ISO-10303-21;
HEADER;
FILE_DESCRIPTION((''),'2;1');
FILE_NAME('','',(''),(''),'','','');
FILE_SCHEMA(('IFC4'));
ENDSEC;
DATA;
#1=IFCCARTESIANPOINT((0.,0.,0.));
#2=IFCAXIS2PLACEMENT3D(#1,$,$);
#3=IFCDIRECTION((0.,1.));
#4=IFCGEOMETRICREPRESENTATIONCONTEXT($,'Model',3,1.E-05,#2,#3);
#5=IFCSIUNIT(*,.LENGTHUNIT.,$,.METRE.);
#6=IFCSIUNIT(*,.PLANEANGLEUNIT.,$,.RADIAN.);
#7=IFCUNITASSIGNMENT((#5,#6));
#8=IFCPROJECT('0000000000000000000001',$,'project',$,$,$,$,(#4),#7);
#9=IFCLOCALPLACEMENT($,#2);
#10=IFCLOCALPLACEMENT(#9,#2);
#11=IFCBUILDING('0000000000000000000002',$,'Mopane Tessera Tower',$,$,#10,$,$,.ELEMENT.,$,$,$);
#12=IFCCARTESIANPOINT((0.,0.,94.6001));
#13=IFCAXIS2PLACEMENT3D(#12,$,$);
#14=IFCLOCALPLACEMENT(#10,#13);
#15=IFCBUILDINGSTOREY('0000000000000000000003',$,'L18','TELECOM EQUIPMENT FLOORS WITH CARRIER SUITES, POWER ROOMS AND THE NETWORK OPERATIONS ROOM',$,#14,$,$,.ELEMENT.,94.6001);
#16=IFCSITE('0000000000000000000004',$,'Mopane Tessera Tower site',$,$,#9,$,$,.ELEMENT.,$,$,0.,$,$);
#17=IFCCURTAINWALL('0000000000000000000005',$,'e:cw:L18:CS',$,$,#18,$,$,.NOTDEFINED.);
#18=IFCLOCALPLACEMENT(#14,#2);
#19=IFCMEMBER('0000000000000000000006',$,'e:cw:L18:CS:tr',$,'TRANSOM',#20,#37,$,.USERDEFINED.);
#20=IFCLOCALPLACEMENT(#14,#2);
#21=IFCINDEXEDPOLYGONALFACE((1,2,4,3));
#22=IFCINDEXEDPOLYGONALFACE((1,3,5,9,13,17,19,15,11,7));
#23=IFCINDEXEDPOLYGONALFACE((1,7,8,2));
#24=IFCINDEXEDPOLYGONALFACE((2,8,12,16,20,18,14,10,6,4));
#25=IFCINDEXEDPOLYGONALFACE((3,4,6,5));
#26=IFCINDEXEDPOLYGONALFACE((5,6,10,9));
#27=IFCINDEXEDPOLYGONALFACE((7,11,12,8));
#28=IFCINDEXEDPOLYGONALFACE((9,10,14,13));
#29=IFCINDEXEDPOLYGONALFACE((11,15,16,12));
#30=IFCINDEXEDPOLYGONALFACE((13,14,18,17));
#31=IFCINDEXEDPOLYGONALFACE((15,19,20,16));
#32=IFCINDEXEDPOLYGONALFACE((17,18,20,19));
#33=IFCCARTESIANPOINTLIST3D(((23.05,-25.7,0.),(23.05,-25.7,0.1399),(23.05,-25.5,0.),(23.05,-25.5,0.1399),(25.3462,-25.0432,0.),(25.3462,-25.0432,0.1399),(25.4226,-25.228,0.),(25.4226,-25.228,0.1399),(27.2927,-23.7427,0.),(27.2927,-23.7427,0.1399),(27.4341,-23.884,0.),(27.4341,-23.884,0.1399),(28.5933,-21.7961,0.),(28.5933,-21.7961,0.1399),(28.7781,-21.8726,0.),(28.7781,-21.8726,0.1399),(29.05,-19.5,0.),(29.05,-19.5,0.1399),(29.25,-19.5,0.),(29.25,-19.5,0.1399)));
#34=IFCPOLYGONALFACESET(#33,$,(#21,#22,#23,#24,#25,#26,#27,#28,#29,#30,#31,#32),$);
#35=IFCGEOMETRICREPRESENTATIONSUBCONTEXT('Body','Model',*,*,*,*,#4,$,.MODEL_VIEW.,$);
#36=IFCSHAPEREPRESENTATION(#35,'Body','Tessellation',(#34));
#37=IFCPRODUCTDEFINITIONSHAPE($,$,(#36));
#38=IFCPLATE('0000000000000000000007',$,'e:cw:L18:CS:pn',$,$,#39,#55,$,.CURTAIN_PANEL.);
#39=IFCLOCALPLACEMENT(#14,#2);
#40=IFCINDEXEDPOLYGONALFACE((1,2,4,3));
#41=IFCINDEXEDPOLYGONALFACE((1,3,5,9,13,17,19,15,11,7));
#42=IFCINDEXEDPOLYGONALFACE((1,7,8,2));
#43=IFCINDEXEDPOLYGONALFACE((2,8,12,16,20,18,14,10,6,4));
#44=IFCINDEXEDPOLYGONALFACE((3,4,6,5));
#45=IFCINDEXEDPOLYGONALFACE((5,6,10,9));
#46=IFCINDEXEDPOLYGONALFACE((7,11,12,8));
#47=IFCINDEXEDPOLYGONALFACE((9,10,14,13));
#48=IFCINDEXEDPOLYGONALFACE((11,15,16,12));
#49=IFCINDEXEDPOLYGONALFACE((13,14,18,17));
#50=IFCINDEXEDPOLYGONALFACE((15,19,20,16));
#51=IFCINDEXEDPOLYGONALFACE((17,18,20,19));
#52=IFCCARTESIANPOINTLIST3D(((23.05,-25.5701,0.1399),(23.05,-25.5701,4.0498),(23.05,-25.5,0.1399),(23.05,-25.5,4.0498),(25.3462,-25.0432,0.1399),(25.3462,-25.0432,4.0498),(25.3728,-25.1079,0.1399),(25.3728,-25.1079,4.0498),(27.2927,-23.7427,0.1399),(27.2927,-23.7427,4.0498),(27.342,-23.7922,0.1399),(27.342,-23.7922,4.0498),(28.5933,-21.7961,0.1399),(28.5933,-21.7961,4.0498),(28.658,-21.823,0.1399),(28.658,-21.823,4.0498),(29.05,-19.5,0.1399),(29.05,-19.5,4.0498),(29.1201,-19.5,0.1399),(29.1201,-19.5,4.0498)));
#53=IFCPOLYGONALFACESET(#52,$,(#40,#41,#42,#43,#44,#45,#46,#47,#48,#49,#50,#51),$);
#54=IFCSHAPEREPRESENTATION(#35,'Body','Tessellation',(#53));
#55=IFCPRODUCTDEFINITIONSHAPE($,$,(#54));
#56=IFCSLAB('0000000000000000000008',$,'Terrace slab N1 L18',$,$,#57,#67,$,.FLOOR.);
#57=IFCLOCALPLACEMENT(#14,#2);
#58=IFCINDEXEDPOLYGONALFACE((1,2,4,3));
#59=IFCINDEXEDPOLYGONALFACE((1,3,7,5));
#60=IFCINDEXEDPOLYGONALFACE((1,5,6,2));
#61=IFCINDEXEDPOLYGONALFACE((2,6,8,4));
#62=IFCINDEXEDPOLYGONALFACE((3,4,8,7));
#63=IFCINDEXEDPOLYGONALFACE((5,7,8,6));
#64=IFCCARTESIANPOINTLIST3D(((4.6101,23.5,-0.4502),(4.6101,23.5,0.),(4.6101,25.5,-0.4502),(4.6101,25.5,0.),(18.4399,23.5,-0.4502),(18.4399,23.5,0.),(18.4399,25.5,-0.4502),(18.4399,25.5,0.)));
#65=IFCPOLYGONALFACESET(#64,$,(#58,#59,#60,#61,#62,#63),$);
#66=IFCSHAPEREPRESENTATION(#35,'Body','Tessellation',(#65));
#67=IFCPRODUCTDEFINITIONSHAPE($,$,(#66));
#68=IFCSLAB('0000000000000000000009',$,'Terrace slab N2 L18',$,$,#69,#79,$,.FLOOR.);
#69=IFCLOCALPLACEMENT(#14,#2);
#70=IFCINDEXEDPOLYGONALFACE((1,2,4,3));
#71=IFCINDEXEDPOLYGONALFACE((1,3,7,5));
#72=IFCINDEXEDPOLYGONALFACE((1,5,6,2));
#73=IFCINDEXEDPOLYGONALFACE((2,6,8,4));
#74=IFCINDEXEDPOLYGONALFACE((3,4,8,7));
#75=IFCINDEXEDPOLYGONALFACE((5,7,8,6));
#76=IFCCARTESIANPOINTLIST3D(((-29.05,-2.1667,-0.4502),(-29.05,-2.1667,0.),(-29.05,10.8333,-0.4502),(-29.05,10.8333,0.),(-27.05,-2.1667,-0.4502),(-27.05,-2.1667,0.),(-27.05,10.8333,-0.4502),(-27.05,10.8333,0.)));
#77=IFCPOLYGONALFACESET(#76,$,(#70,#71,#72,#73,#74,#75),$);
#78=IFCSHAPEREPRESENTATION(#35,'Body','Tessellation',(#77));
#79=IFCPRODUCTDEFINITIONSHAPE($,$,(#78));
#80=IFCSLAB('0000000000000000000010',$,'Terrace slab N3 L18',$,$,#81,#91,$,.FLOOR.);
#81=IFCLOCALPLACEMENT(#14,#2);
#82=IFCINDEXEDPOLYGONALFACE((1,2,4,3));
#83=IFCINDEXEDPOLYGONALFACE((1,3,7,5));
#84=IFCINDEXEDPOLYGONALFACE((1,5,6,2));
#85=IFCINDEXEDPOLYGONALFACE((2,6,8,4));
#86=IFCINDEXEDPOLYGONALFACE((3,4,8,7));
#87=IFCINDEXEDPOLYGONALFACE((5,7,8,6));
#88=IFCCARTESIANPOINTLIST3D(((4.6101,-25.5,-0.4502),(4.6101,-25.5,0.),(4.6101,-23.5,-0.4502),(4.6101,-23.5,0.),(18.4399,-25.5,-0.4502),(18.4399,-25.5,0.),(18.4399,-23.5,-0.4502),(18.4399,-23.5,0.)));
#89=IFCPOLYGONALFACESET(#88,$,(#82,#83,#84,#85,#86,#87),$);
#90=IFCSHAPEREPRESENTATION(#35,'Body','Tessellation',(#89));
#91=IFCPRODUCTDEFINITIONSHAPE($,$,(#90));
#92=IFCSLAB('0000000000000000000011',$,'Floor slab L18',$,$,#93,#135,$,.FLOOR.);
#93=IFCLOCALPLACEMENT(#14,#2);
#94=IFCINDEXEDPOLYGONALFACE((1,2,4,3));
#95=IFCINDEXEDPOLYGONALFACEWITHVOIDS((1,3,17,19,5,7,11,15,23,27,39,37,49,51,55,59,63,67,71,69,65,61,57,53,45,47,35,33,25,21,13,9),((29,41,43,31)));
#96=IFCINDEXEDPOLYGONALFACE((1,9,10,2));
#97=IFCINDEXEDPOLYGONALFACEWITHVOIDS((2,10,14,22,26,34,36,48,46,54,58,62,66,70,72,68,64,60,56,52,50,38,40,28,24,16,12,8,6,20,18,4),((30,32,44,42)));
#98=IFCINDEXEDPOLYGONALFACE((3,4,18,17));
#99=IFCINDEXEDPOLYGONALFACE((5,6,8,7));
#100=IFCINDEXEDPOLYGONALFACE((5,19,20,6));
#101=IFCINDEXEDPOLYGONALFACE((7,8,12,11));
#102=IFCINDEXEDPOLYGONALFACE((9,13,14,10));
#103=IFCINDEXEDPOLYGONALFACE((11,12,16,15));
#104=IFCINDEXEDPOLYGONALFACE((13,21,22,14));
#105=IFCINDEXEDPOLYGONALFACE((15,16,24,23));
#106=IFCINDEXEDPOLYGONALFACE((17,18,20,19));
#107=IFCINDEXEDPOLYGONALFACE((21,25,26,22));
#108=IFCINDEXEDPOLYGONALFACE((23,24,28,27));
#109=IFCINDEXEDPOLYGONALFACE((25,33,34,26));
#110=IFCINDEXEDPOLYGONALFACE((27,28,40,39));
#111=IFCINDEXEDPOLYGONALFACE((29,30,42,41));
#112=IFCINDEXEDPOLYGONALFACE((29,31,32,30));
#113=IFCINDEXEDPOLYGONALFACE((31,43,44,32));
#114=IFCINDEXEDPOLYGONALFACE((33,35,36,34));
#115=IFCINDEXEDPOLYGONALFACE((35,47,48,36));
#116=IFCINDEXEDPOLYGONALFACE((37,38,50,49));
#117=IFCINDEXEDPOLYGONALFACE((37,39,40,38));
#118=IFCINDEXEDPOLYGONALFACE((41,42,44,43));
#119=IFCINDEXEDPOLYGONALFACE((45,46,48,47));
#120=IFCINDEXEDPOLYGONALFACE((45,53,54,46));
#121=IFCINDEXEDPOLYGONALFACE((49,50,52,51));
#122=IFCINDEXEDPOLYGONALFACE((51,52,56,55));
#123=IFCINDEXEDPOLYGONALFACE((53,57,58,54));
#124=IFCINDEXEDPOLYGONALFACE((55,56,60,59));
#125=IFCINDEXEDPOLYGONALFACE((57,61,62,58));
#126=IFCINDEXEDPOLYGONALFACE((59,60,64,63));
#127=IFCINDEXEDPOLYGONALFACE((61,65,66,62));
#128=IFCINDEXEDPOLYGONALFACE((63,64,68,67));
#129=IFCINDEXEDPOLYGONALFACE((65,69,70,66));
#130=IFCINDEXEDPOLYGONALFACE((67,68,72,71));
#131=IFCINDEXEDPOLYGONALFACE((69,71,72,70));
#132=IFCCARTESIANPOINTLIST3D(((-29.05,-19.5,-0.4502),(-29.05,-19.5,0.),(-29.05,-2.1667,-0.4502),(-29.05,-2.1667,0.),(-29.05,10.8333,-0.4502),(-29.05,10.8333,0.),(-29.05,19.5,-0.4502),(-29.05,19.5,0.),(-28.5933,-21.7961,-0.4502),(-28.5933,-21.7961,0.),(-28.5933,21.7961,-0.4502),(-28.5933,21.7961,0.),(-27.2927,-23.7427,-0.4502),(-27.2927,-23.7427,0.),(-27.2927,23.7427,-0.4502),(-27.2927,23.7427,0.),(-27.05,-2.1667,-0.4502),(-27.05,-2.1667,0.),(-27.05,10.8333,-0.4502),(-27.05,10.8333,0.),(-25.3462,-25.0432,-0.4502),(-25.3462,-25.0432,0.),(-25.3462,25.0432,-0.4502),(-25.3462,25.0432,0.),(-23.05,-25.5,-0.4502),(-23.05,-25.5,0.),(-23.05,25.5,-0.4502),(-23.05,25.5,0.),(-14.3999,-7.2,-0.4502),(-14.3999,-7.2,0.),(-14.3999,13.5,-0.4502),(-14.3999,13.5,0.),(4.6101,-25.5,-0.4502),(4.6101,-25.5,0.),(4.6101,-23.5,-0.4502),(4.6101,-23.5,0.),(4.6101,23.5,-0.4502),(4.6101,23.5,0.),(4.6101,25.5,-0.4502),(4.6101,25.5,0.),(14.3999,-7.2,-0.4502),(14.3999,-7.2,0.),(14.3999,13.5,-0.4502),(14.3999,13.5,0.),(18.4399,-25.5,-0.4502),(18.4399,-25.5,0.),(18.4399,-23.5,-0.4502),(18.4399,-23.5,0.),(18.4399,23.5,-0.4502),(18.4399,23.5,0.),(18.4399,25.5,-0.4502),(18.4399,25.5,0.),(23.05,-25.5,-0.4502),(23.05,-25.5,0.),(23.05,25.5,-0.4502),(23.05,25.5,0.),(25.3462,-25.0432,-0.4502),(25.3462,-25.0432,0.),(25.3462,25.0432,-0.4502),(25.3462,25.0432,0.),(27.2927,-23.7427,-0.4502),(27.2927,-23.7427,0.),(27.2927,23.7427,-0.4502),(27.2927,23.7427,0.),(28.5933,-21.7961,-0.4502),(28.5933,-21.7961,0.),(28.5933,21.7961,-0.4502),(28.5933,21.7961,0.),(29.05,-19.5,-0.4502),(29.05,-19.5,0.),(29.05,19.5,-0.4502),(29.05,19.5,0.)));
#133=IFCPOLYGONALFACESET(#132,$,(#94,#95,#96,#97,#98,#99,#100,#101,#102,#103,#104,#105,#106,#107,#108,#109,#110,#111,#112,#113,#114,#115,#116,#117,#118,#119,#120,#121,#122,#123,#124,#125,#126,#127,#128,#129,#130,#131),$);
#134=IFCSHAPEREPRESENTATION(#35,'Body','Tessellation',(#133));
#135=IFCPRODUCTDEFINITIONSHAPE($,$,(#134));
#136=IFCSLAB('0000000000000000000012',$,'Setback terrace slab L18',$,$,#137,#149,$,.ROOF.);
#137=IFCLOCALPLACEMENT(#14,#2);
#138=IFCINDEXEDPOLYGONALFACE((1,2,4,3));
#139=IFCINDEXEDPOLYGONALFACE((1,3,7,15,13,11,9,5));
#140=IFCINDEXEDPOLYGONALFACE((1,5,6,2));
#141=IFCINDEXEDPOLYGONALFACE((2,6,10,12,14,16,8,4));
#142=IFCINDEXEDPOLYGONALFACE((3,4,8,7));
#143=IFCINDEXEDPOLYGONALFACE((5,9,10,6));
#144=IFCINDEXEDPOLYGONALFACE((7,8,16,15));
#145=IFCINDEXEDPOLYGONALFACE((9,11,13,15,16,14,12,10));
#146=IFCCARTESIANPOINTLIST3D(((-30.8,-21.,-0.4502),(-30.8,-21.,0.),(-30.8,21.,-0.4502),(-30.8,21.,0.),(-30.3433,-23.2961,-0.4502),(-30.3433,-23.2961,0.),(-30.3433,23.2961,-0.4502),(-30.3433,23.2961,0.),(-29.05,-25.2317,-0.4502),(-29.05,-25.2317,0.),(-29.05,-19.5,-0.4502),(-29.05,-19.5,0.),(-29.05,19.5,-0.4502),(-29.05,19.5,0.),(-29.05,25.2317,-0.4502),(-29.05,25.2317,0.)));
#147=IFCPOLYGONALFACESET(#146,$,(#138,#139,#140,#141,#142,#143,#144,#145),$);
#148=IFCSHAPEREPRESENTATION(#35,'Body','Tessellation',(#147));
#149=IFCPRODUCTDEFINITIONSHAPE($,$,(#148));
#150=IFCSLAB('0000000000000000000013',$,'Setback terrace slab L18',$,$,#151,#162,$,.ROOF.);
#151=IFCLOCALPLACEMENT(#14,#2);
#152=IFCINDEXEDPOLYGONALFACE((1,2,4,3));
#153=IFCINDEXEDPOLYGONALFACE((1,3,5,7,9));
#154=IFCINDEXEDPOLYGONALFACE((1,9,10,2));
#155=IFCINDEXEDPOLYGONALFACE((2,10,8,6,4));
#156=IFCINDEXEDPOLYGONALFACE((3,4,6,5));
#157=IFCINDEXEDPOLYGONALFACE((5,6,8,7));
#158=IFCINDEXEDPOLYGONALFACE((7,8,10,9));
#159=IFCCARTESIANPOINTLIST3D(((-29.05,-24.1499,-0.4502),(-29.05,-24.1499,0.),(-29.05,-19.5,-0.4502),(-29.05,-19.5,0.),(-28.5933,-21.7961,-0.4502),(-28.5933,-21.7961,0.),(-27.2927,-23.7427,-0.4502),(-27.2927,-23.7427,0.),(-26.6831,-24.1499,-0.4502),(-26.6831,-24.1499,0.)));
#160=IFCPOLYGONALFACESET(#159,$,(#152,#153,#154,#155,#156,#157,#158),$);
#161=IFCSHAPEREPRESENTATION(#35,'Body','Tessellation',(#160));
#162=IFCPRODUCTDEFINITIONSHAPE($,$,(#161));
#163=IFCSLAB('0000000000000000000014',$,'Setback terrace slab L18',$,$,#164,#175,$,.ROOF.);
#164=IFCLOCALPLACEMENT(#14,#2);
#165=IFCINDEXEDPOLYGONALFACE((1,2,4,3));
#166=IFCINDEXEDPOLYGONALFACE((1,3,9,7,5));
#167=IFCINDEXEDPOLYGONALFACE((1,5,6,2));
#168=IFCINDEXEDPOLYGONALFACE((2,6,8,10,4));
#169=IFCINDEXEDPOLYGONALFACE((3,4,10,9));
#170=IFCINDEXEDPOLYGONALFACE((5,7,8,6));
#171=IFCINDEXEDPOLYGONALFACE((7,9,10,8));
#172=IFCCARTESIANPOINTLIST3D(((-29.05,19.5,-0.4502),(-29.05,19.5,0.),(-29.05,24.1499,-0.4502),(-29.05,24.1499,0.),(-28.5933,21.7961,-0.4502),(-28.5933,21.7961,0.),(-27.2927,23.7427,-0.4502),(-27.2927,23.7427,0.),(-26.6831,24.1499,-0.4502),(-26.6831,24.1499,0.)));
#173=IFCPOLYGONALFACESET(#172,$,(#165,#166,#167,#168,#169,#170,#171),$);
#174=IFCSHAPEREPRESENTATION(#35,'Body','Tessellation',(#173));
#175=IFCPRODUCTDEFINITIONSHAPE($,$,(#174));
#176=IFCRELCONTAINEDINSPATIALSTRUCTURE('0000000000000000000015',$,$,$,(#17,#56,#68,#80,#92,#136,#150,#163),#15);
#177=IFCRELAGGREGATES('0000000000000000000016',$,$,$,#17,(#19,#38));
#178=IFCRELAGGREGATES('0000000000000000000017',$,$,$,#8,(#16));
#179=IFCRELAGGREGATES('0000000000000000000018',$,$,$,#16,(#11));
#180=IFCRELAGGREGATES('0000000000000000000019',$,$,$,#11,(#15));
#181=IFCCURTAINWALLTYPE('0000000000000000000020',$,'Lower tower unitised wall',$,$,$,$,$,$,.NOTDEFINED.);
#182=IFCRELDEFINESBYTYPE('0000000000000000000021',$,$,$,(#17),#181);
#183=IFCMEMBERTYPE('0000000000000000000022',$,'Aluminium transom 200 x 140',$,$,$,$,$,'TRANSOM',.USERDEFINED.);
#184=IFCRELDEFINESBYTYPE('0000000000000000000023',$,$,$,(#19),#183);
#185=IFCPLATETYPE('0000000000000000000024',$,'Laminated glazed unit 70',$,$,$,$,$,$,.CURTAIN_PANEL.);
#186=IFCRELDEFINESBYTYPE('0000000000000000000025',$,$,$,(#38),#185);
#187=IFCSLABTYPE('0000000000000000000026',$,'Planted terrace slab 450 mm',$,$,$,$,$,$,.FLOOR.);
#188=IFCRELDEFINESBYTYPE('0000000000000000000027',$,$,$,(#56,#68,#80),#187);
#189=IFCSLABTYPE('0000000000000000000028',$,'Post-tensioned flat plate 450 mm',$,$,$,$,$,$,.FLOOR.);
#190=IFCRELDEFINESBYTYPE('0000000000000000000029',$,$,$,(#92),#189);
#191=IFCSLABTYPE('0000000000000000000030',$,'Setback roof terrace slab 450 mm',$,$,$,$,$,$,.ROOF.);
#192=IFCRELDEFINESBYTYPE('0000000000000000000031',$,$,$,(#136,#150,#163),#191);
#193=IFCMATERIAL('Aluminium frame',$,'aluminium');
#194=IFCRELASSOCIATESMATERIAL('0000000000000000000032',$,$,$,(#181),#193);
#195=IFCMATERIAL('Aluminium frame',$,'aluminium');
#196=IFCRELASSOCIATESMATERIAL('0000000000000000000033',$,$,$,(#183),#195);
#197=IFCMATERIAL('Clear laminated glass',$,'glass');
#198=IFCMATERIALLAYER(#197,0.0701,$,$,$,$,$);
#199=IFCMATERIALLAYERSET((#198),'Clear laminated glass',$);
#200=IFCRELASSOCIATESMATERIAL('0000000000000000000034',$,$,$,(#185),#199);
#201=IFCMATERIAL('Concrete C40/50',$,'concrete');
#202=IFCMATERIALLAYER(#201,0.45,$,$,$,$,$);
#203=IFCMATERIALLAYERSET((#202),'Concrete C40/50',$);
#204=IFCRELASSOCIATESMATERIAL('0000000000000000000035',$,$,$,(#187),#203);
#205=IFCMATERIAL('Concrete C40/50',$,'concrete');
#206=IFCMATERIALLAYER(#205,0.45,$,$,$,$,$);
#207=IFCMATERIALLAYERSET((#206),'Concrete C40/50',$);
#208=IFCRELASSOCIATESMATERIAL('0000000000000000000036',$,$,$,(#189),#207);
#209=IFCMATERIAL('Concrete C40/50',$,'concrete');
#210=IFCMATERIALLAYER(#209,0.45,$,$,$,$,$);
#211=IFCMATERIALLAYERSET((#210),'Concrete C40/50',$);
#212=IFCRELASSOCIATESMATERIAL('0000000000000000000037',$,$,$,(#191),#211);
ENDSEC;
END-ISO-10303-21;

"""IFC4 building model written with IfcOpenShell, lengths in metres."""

from ifc_helpers import new_model, si_unit, direction, frame, origin, origin_2d, place, context, subcontext, project, spatial, polyline, rectangle, outline, extrude, material, layer, layer_set, material_profile, profile_set, type_object, element, aggregate, save


model = new_model("IFC4")

# Units and contexts
model_context = context("Model", 3, precision=1e-05, world=origin(), true_north=direction((0.0, 1.0)))
body_context = subcontext(model_context, "Body", "Model", "MODEL_VIEW")
ifc_project = project(units=[si_unit("LENGTHUNIT", "METRE"), si_unit("PLANEANGLEUNIT", "RADIAN")], contexts=[model_context])

# Site, building, storey
site_placement = place(None, origin())
site = spatial("IfcSite", under=ifc_project, at=site_placement, Name="Mopane Tessera Tower site", CompositionType="ELEMENT", RefElevation=0.0)
building_placement = place(site_placement, origin())
building = spatial("IfcBuilding", under=site, at=building_placement, Name="Mopane Tessera Tower", CompositionType="ELEMENT")
storey_placement = place(building_placement, frame((0.0, 0.0, 94.6001)))
storey = spatial("IfcBuildingStorey", under=building, at=storey_placement, Name="L18", Description="TELECOM EQUIPMENT FLOORS WITH CARRIER SUITES, POWER ROOMS AND THE NETWORK OPERATIONS ROOM", CompositionType="ELEMENT", Elevation=94.6001)

# Curtain wall, member, plate
ifc_material_1 = material(Name="Aluminium frame", Category="aluminium")
curtain_wall_type = type_object("IfcCurtainWallType", Name="Lower tower unitised wall", PredefinedType="NOTDEFINED", material=ifc_material_1)
curtain_wall_placement = place(storey_placement, origin())
curtain_wall = element("IfcCurtainWall", 1, at=curtain_wall_placement, inside=storey, type_object=curtain_wall_type, Name="e:cw:L18:CS", PredefinedType="NOTDEFINED")
ifc_material_2 = material(Name="Aluminium frame", Category="aluminium")
ifc_material_profile = material_profile(ifc_material_2, rectangle(XDim=0.2, YDim=0.1399, at=origin_2d()))
ifc_profile_set = profile_set([ifc_material_profile], Name="Aluminium frame")
member_type = type_object("IfcMemberType", Name="Aluminium transom 200 x 140", ElementType="TRANSOM", PredefinedType="USERDEFINED", material=ifc_profile_set)
member_placement = place(storey_placement, origin())
member = element("IfcMember", 2, at=member_placement, type_object=member_type, Name="e:cw:L18:CS:tr", ObjectType="TRANSOM", PredefinedType="USERDEFINED", context=body_context, shape_type="SweptSolid", body=[
    extrude(outline(polyline([(23.05, -25.5), (25.3462, -25.0432), (27.2927, -23.7427), (28.5933, -21.7961), (29.05, -19.5), (29.25, -19.5), (28.7781, -21.8726), (27.4341, -23.884), (25.4226, -25.228), (23.05, -25.7), (23.05, -25.5)])), origin(), (0.0, 0.0, 1.0), 0.1399),
])
ifc_material_3 = material(Name="Clear laminated glass", Category="glass")
ifc_layer_1 = layer(ifc_material_3, 0.0701)
ifc_layer_set_1 = layer_set([ifc_layer_1], Name="Clear laminated glass")
plate_type = type_object("IfcPlateType", Name="Laminated glazed unit 70", PredefinedType="CURTAIN_PANEL", material=ifc_layer_set_1)
plate_placement = place(storey_placement, frame((0.0, 0.0, 0.1399)))
plate = element("IfcPlate", 3, at=plate_placement, type_object=plate_type, Name="e:cw:L18:CS:pn", PredefinedType="CURTAIN_PANEL", context=body_context, shape_type="SweptSolid", body=[
    extrude(outline(polyline([(23.05, -25.5), (25.3462, -25.0432), (27.2927, -23.7427), (28.5933, -21.7961), (29.05, -19.5), (29.1201, -19.5), (28.658, -21.823), (27.342, -23.7922), (25.3728, -25.1079), (23.05, -25.5701), (23.05, -25.5)])), origin(), (0.0, 0.0, 1.0), 3.9099),
])
aggregate(curtain_wall, [member, plate])

# Slabs
ifc_material_4 = material(Name="Concrete C40/50", Category="concrete")
ifc_layer_2 = layer(ifc_material_4, 0.45)
ifc_layer_set_2 = layer_set([ifc_layer_2], Name="Concrete C40/50")
slab_type_1 = type_object("IfcSlabType", Name="Planted terrace slab 450 mm", PredefinedType="FLOOR", material=ifc_layer_set_2)
slab_1_placement = place(storey_placement, frame((0.0, 0.0, -0.4502)))
element("IfcSlab", 4, at=slab_1_placement, inside=storey, type_object=slab_type_1, Name="Terrace slab N1 L18", PredefinedType="FLOOR", context=body_context, shape_type="SweptSolid", body=[
    extrude(outline(polyline([(18.4399, 25.5), (4.6101, 25.5), (4.6101, 23.5), (18.4399, 23.5), (18.4399, 25.5)])), origin(), (0.0, 0.0, 1.0), 0.4502),
])
slab_2_placement = place(storey_placement, frame((0.0, 0.0, -0.4502)))
element("IfcSlab", 5, at=slab_2_placement, inside=storey, type_object=slab_type_1, Name="Terrace slab N2 L18", PredefinedType="FLOOR", context=body_context, shape_type="SweptSolid", body=[
    extrude(outline(polyline([(-29.05, 10.8333), (-29.05, -2.1667), (-27.05, -2.1667), (-27.05, 10.8333), (-29.05, 10.8333)])), origin(), (0.0, 0.0, 1.0), 0.4502),
])
slab_3_placement = place(storey_placement, frame((0.0, 0.0, -0.4502)))
element("IfcSlab", 6, at=slab_3_placement, inside=storey, type_object=slab_type_1, Name="Terrace slab N3 L18", PredefinedType="FLOOR", context=body_context, shape_type="SweptSolid", body=[
    extrude(outline(polyline([(4.6101, -25.5), (18.4399, -25.5), (18.4399, -23.5), (4.6101, -23.5), (4.6101, -25.5)])), origin(), (0.0, 0.0, 1.0), 0.4502),
])
ifc_material_5 = material(Name="Concrete C40/50", Category="concrete")
ifc_layer_3 = layer(ifc_material_5, 0.45)
ifc_layer_set_3 = layer_set([ifc_layer_3], Name="Concrete C40/50")
slab_type_2 = type_object("IfcSlabType", Name="Post-tensioned flat plate 450 mm", PredefinedType="FLOOR", material=ifc_layer_set_3)
slab_4_placement = place(storey_placement, frame((0.0, 0.0, -0.4502)))
element("IfcSlab", 7, at=slab_4_placement, inside=storey, type_object=slab_type_2, Name="Floor slab L18", PredefinedType="FLOOR", context=body_context, shape_type="SweptSolid", body=[
    extrude(outline(polyline([(-23.05, -25.5), (4.6101, -25.5), (4.6101, -23.5), (18.4399, -23.5), (18.4399, -25.5), (23.05, -25.5), (25.3462, -25.0432), (27.2927, -23.7427), (28.5933, -21.7961), (29.05, -19.5), (29.05, 19.5), (28.5933, 21.7961), (27.2927, 23.7427), (25.3462, 25.0432), (23.05, 25.5), (18.4399, 25.5), (18.4399, 23.5), (4.6101, 23.5), (4.6101, 25.5), (-23.05, 25.5), (-25.3462, 25.0432), (-27.2927, 23.7427), (-28.5933, 21.7961), (-29.05, 19.5), (-29.05, 10.8333), (-27.05, 10.8333), (-27.05, -2.1667), (-29.05, -2.1667), (-29.05, -19.5), (-28.5933, -21.7961), (-27.2927, -23.7427), (-25.3462, -25.0432), (-23.05, -25.5)]), holes=[polyline([(14.3999, -7.2), (-14.3999, -7.2), (-14.3999, 13.5), (14.3999, 13.5), (14.3999, -7.2)])]), origin(), (0.0, 0.0, 1.0), 0.4502),
])
ifc_material_6 = material(Name="Concrete C40/50", Category="concrete")
ifc_layer_4 = layer(ifc_material_6, 0.45)
ifc_layer_set_4 = layer_set([ifc_layer_4], Name="Concrete C40/50")
slab_type_3 = type_object("IfcSlabType", Name="Setback roof terrace slab 450 mm", PredefinedType="ROOF", material=ifc_layer_set_4)
slab_5_placement = place(storey_placement, frame((0.0, 0.0, -0.4502)))
element("IfcSlab", 8, at=slab_5_placement, inside=storey, type_object=slab_type_3, Name="Setback terrace slab L18", PredefinedType="ROOF", context=body_context, shape_type="SweptSolid", body=[
    extrude(outline(polyline([(-29.05, -25.2317), (-29.05, -19.5), (-29.05, 19.5), (-29.05, 25.2317), (-30.3433, 23.2961), (-30.8, 21.0), (-30.8, -21.0), (-30.3433, -23.2961), (-29.05, -25.2317)])), origin(), (0.0, 0.0, 1.0), 0.4502),
])
slab_6_placement = place(storey_placement, frame((0.0, 0.0, -0.4502)))
element("IfcSlab", 9, at=slab_6_placement, inside=storey, type_object=slab_type_3, Name="Setback terrace slab L18", PredefinedType="ROOF", context=body_context, shape_type="SweptSolid", body=[
    extrude(outline(polyline([(-29.05, -19.5), (-29.05, -24.1499), (-26.6831, -24.1499), (-27.2927, -23.7427), (-28.5933, -21.7961), (-29.05, -19.5)])), origin(), (0.0, 0.0, 1.0), 0.4502),
])
slab_7_placement = place(storey_placement, frame((0.0, 0.0, -0.4502)))
element("IfcSlab", 10, at=slab_7_placement, inside=storey, type_object=slab_type_3, Name="Setback terrace slab L18", PredefinedType="ROOF", context=body_context, shape_type="SweptSolid", body=[
    extrude(outline(polyline([(-26.6831, 24.1499), (-29.05, 24.1499), (-29.05, 19.5), (-28.5933, 21.7961), (-27.2927, 23.7427), (-26.6831, 24.1499)])), origin(), (0.0, 0.0, 1.0), 0.4502),
])

save(model, "model.ifc")
